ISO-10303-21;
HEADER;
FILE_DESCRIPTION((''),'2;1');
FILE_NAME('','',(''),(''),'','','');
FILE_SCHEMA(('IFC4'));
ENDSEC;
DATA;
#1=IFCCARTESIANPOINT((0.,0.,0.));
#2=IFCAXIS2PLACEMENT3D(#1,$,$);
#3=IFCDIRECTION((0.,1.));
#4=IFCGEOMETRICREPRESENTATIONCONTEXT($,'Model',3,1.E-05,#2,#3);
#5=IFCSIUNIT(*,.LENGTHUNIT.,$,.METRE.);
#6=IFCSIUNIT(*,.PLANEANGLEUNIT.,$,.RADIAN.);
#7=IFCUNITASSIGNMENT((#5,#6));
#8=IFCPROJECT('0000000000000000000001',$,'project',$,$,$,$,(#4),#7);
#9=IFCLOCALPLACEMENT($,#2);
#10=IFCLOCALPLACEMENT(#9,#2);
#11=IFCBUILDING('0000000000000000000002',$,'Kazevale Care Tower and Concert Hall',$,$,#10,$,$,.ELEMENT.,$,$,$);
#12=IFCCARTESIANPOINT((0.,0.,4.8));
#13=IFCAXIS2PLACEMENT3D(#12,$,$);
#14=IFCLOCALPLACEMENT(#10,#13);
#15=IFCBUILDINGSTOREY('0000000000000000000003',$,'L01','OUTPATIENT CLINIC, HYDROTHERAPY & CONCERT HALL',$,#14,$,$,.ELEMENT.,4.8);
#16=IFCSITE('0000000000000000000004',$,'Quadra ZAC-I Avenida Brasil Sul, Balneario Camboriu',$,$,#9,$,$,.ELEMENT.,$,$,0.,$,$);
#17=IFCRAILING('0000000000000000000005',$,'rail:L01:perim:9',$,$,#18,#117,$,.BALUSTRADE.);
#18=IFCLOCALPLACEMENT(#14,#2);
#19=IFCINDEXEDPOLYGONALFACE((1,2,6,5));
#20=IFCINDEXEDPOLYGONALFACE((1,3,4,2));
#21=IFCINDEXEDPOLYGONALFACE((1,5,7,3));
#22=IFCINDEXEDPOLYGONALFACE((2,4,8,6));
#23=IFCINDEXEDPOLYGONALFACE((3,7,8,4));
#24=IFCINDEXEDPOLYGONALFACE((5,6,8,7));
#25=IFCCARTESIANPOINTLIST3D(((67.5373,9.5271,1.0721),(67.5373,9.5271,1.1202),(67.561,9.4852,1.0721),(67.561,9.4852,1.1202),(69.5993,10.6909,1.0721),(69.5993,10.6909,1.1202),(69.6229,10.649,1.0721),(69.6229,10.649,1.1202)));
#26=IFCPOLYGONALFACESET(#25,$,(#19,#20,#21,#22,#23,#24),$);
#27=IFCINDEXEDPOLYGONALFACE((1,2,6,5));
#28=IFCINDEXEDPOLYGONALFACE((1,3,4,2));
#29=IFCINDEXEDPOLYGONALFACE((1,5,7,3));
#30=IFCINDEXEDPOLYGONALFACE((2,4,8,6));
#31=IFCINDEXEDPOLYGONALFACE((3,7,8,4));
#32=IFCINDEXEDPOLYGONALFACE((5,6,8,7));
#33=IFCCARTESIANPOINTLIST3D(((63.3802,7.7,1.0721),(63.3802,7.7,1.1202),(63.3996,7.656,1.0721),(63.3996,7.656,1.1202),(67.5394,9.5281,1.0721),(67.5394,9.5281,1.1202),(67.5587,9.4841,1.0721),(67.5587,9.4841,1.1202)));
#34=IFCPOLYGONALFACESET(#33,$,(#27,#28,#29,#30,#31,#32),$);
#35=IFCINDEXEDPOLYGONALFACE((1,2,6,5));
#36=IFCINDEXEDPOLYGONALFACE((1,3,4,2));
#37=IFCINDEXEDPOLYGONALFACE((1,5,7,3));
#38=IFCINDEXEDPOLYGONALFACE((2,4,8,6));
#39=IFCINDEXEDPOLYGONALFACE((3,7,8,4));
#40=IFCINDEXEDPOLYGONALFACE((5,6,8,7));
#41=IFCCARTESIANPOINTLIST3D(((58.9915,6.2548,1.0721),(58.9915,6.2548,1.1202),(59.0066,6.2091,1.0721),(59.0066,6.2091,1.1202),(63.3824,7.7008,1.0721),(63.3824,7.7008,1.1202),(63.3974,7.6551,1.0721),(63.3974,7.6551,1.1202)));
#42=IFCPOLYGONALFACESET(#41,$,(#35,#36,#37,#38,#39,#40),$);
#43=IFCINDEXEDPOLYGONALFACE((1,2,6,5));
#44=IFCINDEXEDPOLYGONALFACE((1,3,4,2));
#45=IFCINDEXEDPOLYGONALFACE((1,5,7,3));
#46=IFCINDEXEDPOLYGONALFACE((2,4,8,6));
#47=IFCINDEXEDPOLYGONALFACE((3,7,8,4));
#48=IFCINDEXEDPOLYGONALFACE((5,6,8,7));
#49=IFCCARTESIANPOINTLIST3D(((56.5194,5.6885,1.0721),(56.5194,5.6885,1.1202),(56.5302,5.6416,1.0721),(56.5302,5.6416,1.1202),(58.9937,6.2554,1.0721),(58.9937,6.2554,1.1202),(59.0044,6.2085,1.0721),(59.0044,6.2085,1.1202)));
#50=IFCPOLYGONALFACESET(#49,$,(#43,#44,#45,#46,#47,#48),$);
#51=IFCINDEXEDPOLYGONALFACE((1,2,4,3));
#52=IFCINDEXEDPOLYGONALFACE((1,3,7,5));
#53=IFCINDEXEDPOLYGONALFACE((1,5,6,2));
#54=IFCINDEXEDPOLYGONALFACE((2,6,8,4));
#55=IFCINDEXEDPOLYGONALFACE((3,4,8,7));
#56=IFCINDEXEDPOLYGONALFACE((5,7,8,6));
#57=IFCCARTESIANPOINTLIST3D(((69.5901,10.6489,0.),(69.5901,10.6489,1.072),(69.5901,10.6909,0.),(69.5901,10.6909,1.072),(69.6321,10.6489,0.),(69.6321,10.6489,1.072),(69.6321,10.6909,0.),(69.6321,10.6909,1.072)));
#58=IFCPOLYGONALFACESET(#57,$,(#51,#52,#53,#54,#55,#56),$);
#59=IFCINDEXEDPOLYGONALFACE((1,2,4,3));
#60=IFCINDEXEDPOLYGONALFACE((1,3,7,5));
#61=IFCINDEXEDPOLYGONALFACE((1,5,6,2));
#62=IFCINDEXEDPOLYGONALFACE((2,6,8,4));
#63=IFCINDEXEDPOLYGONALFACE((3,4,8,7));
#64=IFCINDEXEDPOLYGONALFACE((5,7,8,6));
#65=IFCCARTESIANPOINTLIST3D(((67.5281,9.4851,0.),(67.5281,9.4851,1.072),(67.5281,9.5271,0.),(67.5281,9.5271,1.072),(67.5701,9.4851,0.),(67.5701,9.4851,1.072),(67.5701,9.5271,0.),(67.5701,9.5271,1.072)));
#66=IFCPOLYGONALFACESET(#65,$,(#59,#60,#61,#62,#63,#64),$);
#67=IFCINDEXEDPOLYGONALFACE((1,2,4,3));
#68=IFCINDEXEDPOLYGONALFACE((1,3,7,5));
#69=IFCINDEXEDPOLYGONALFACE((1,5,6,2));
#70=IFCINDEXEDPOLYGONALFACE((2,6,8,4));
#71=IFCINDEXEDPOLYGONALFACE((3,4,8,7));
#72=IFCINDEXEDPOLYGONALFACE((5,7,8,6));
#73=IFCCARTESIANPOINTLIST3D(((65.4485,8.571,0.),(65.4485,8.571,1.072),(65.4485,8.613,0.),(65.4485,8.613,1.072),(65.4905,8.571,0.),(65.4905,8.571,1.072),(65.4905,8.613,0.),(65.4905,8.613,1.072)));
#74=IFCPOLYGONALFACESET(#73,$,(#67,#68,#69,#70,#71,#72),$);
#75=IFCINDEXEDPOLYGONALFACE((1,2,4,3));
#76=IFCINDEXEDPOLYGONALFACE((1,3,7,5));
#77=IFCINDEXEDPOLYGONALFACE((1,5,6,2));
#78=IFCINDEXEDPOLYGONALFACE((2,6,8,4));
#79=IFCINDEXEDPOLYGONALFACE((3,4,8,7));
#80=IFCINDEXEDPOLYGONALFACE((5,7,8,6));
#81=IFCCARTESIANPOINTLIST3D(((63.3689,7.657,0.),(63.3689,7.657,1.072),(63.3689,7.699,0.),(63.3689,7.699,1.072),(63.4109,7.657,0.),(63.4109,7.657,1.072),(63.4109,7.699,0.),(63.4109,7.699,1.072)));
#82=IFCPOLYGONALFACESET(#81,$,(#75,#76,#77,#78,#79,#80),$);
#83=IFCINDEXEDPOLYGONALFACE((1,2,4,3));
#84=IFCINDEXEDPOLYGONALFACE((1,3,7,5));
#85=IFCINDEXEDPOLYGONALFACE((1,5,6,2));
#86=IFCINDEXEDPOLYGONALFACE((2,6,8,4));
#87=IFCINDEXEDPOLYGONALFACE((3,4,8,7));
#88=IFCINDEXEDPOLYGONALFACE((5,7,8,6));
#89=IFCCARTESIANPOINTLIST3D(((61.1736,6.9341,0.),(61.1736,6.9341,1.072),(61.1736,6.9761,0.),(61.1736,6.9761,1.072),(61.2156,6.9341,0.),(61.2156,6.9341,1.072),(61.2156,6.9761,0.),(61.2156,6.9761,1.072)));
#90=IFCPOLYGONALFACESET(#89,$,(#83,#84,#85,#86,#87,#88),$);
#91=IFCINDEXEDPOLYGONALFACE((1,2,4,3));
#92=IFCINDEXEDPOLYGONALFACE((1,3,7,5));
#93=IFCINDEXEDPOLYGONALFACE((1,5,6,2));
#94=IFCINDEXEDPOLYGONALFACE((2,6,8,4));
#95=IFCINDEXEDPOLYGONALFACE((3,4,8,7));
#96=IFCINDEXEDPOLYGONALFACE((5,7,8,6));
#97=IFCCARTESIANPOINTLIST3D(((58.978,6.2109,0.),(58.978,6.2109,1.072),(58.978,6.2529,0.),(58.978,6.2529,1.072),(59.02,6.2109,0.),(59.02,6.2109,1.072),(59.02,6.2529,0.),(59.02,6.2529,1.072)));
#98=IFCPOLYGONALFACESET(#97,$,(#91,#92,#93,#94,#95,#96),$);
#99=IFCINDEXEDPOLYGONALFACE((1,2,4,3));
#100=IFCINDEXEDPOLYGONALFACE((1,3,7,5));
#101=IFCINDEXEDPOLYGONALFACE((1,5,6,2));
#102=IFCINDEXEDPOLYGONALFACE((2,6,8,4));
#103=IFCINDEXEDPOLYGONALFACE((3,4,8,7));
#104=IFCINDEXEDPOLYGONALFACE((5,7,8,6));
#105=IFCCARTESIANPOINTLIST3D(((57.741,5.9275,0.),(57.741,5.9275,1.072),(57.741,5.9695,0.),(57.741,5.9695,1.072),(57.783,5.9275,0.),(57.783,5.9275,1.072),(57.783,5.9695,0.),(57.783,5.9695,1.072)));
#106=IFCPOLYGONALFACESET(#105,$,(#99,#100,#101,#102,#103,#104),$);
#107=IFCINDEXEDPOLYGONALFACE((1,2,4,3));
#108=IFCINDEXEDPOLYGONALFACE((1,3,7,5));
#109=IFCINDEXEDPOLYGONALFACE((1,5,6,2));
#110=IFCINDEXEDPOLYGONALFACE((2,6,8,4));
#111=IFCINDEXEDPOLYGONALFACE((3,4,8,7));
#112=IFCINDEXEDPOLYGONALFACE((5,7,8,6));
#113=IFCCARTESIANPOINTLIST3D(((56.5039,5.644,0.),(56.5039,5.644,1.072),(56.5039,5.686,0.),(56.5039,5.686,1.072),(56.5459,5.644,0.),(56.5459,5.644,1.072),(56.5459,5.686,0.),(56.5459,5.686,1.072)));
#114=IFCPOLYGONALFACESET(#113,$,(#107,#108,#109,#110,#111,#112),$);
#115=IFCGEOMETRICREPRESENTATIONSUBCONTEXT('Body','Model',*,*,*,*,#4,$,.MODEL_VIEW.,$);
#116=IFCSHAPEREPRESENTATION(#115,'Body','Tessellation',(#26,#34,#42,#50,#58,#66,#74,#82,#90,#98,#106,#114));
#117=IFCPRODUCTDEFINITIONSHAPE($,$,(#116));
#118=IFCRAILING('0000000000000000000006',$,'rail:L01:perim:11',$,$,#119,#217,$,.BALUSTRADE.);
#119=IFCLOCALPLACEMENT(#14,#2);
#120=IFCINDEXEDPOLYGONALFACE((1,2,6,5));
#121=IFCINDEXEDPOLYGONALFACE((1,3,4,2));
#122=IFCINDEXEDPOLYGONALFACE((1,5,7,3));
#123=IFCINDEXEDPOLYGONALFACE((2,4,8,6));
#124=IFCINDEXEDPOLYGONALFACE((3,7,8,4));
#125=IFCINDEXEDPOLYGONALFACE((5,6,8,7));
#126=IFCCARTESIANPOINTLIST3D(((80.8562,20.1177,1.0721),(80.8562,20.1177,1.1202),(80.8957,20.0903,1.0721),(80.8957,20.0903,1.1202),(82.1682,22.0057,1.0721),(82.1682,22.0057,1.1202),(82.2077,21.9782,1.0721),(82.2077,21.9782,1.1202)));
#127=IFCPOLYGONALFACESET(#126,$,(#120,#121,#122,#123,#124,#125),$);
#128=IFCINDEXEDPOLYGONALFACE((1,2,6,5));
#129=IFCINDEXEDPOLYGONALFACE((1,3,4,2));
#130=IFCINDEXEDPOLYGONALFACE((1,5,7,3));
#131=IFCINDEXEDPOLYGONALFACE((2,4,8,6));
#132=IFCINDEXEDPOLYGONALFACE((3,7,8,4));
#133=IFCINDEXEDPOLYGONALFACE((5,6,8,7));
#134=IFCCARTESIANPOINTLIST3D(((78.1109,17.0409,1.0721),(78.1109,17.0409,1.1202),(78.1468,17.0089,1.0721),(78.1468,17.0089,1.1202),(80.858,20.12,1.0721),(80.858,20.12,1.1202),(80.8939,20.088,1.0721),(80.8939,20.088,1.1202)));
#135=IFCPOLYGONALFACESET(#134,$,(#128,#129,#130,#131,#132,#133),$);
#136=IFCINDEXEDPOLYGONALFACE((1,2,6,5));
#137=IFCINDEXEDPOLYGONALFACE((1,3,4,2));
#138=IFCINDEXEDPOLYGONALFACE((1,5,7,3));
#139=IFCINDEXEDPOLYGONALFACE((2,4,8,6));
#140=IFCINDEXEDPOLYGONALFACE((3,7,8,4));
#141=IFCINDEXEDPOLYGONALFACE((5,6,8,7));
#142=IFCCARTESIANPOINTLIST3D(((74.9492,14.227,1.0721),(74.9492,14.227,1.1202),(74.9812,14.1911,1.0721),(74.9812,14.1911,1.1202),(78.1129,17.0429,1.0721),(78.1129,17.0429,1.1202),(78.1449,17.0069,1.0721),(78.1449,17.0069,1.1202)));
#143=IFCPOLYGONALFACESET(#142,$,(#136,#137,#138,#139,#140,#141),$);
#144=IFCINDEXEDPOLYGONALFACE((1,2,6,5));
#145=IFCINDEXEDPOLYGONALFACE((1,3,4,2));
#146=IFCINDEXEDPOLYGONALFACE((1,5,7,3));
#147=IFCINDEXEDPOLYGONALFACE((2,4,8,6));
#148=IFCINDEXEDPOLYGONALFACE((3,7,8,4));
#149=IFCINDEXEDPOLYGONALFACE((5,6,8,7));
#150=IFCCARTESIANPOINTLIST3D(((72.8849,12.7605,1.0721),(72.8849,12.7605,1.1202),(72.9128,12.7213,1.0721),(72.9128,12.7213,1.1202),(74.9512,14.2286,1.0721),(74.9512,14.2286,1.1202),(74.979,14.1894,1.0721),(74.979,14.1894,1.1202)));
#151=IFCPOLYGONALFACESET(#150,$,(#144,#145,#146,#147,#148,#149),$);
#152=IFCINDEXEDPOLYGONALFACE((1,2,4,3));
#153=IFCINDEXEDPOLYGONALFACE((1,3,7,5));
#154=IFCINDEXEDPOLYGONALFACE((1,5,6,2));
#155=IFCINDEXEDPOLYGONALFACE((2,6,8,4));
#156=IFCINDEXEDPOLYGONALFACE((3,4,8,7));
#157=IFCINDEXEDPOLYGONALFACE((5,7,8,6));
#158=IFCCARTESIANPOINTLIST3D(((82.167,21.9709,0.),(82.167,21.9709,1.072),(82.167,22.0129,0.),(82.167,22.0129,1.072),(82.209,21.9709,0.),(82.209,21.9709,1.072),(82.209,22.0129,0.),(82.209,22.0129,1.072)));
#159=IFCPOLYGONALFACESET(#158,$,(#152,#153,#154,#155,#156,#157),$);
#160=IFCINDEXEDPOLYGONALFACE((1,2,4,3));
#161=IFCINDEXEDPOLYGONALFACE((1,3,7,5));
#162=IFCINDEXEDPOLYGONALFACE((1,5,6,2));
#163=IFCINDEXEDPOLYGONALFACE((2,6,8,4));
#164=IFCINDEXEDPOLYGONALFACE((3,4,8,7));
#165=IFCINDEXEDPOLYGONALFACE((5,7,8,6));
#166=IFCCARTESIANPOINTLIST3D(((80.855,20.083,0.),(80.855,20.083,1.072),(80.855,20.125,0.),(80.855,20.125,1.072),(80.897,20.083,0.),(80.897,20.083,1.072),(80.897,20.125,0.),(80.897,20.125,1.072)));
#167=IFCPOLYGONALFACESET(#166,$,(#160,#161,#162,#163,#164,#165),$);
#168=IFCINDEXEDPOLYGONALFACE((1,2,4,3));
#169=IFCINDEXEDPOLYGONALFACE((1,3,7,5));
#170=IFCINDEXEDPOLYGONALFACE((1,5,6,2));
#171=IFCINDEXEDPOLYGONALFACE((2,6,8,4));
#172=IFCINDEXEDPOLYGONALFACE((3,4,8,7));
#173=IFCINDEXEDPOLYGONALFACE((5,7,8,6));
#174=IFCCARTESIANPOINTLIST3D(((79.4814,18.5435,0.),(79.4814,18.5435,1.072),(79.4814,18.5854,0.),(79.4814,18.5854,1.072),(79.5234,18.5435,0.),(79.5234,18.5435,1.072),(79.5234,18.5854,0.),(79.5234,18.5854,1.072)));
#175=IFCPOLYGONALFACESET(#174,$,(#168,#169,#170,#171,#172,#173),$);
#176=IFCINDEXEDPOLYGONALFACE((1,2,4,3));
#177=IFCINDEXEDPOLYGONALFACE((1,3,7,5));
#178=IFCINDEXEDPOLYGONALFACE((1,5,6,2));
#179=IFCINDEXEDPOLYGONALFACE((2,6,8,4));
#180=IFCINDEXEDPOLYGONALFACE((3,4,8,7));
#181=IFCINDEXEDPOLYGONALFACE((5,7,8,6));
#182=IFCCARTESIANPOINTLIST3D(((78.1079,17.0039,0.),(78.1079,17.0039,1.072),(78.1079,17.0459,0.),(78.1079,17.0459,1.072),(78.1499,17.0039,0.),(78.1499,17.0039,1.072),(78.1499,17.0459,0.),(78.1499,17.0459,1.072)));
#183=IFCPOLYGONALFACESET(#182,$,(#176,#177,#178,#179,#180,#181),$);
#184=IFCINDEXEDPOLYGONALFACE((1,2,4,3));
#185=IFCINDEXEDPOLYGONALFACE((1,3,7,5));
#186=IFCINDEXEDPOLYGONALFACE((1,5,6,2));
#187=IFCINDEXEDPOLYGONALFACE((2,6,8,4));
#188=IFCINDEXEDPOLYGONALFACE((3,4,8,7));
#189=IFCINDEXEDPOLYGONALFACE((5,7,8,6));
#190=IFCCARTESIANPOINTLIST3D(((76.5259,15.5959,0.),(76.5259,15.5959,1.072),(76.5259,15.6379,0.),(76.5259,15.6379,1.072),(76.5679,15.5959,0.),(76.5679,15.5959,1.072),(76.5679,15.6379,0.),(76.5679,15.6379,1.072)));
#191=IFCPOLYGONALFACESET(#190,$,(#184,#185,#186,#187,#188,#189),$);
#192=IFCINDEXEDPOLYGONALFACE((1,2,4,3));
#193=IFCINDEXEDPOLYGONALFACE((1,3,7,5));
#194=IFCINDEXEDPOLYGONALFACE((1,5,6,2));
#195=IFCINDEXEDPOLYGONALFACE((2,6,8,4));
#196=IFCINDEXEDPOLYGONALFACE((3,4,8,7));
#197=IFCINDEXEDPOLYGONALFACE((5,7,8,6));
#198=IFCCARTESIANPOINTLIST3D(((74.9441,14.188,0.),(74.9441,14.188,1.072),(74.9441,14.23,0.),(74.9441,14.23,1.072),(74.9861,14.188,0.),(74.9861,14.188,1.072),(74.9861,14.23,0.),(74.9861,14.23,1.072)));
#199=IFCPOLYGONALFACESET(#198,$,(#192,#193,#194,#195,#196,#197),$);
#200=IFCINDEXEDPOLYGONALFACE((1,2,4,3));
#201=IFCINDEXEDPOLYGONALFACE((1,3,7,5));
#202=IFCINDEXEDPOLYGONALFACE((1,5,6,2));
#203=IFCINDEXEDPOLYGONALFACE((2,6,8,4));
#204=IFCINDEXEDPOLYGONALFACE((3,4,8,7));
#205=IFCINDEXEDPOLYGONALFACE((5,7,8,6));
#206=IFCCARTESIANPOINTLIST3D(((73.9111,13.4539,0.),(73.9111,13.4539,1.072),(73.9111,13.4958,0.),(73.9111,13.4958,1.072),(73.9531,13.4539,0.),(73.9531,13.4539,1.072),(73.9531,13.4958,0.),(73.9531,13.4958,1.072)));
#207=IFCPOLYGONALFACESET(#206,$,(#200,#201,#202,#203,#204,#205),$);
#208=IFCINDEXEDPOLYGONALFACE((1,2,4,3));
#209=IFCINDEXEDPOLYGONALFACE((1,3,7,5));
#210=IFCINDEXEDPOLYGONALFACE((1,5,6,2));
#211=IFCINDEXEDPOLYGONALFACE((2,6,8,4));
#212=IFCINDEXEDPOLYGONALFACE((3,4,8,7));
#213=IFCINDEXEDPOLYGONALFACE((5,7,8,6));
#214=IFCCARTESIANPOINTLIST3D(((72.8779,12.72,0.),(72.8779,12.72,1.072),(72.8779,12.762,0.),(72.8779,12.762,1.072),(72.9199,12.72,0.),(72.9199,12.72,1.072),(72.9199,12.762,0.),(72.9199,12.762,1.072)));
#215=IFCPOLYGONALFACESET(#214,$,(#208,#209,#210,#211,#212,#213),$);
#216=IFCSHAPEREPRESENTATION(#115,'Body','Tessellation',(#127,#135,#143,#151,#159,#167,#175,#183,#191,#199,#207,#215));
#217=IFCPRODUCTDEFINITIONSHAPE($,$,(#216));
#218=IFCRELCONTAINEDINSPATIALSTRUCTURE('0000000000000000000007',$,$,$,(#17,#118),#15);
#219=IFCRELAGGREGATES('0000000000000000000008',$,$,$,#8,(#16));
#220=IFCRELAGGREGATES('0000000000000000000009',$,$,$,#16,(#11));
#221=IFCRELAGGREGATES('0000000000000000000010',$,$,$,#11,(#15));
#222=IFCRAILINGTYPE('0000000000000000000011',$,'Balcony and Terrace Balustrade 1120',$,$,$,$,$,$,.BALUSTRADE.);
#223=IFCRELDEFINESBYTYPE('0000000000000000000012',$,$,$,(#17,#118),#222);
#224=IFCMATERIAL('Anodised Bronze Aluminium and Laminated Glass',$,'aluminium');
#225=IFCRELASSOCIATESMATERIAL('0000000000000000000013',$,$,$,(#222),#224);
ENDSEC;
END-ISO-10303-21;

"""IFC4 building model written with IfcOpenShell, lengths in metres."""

from ifc_helpers import new_model, si_unit, direction, frame, origin, origin_2d, place, context, subcontext, project, spatial, rectangle, extrude, material, type_object, element, save


model = new_model("IFC4")

# Units and contexts
model_context = context("Model", 3, precision=1e-05, world=origin(), true_north=direction((0.0, 1.0)))
body_context = subcontext(model_context, "Body", "Model", "MODEL_VIEW")
ifc_project = project(units=[si_unit("LENGTHUNIT", "METRE"), si_unit("PLANEANGLEUNIT", "RADIAN")], contexts=[model_context])

# Site, building, storey
site_placement = place(None, origin())
site = spatial("IfcSite", under=ifc_project, at=site_placement, Name="Quadra ZAC-I Avenida Brasil Sul, Balneario Camboriu", CompositionType="ELEMENT", RefElevation=0.0)
building_placement = place(site_placement, origin())
building = spatial("IfcBuilding", under=site, at=building_placement, Name="Kazevale Care Tower and Concert Hall", CompositionType="ELEMENT")
storey_placement = place(building_placement, frame((0.0, 0.0, 4.8)))
storey = spatial("IfcBuildingStorey", under=building, at=storey_placement, Name="L01", Description="OUTPATIENT CLINIC, HYDROTHERAPY & CONCERT HALL", CompositionType="ELEMENT", Elevation=4.8)

# Railings
ifc_material_1 = material(Name="Anodised Bronze Aluminium and Laminated Glass", Category="aluminium")
railing_type_1 = type_object("IfcRailingType", Name="Balcony and Terrace Balustrade 1120", PredefinedType="BALUSTRADE", material=ifc_material_1)
railing_1_placement = place(storey_placement, frame((69.6111, 10.6699, 0.0)))
element("IfcRailing", 1, at=railing_1_placement, inside=storey, type_object=railing_type_1, Name="rail:L01:perim:9", PredefinedType="BALUSTRADE", context=body_context, shape_type="SweptSolid", body=[
    extrude(rectangle(XDim=0.0481, YDim=0.0481, at=origin_2d()), frame((0.0, 0.0, 1.0962), z_axis=(-0.870864, -0.491524, 0.0), x_axis=(0.491524, -0.870864, 0.0)), (0.0, 0.0, 1.0), 2.3677),
    extrude(rectangle(XDim=0.0481, YDim=0.0481, at=origin_2d()), frame((-2.062, -1.1638, 1.0962), z_axis=(-0.91547, -0.402386, 0.0), x_axis=(0.402386, -0.91547, 0.0)), (0.0, 0.0, 1.0), 4.5432),
    extrude(rectangle(XDim=0.0481, YDim=0.0481, at=origin_2d()), frame((-6.2212, -2.9919, 1.0962), z_axis=(-0.949818, -0.312804, 0.0), x_axis=(0.312804, -0.949818, 0.0)), (0.0, 0.0, 1.0), 4.6228),
    extrude(rectangle(XDim=0.0481, YDim=0.0481, at=origin_2d()), frame((-10.6121, -4.438, 1.0962), z_axis=(-0.97474, -0.223342, 0.0), x_axis=(0.223342, -0.97474, 0.0)), (0.0, 0.0, 1.0), 2.5383),
    extrude(rectangle(XDim=0.042, YDim=0.042, at=origin_2d()), origin(), (0.0, 0.0, 1.0), 1.072),
    extrude(rectangle(XDim=0.042, YDim=0.042, at=origin_2d()), frame((-2.062, -1.1638, 0.0)), (0.0, 0.0, 1.0), 1.072),
    extrude(rectangle(XDim=0.042, YDim=0.042, at=origin_2d()), frame((-4.1416, -2.0779, 0.0)), (0.0, 0.0, 1.0), 1.072),
    extrude(rectangle(XDim=0.042, YDim=0.042, at=origin_2d()), frame((-6.2212, -2.9919, 0.0)), (0.0, 0.0, 1.0), 1.072),
    extrude(rectangle(XDim=0.042, YDim=0.042, at=origin_2d()), frame((-8.4165, -3.7148, 0.0)), (0.0, 0.0, 1.0), 1.072),
    extrude(rectangle(XDim=0.042, YDim=0.042, at=origin_2d()), frame((-10.6121, -4.438, 0.0)), (0.0, 0.0, 1.0), 1.072),
    extrude(rectangle(XDim=0.042, YDim=0.042, at=origin_2d()), frame((-11.8491, -4.7214, 0.0)), (0.0, 0.0, 1.0), 1.072),
    extrude(rectangle(XDim=0.042, YDim=0.042, at=origin_2d()), frame((-13.0862, -5.0049, 0.0)), (0.0, 0.0, 1.0), 1.072),
])
railing_2_placement = place(storey_placement, frame((82.188, 21.9919, 0.0)))
element("IfcRailing", 2, at=railing_2_placement, inside=storey, type_object=railing_type_1, Name="rail:L01:perim:11", PredefinedType="BALUSTRADE", context=body_context, shape_type="SweptSolid", body=[
    extrude(rectangle(XDim=0.0481, YDim=0.0481, at=origin_2d()), frame((0.0, 0.0, 1.0962), z_axis=(-0.570672, -0.821178, 0.0), x_axis=(0.821178, -0.570672, 0.0)), (0.0, 0.0, 1.0), 2.2991),
    extrude(rectangle(XDim=0.0481, YDim=0.0481, at=origin_2d()), frame((-1.312, -1.8879, 1.0962), z_axis=(-0.665729, -0.746194, 0.0), x_axis=(0.746194, -0.665729, 0.0)), (0.0, 0.0, 1.0), 4.1265),
    extrude(rectangle(XDim=0.0481, YDim=0.0481, at=origin_2d()), frame((-4.0591, -4.967, 1.0962), z_axis=(-0.746983, -0.664843, 0.0), x_axis=(0.664843, -0.746983, 0.0)), (0.0, 0.0, 1.0), 4.2354),
    extrude(rectangle(XDim=0.0481, YDim=0.0481, at=origin_2d()), frame((-7.2229, -7.783, 1.0962), z_axis=(-0.815189, -0.579195, 0.0), x_axis=(0.579195, -0.815189, 0.0)), (0.0, 0.0, 1.0), 2.5347),
    extrude(rectangle(XDim=0.042, YDim=0.042, at=origin_2d()), origin(), (0.0, 0.0, 1.0), 1.072),
    extrude(rectangle(XDim=0.042, YDim=0.042, at=origin_2d()), frame((-1.312, -1.8879, 0.0)), (0.0, 0.0, 1.0), 1.072),
    extrude(rectangle(XDim=0.042, YDim=0.042, at=origin_2d()), frame((-2.6855, -3.4275, 0.0)), (0.0, 0.0, 1.0), 1.072),
    extrude(rectangle(XDim=0.042, YDim=0.042, at=origin_2d()), frame((-4.0591, -4.967, 0.0)), (0.0, 0.0, 1.0), 1.072),
    extrude(rectangle(XDim=0.042, YDim=0.042, at=origin_2d()), frame((-5.6411, -6.375, 0.0)), (0.0, 0.0, 1.0), 1.072),
    extrude(rectangle(XDim=0.042, YDim=0.042, at=origin_2d()), frame((-7.2229, -7.783, 0.0)), (0.0, 0.0, 1.0), 1.072),
    extrude(rectangle(XDim=0.042, YDim=0.042, at=origin_2d()), frame((-8.2559, -8.5171, 0.0)), (0.0, 0.0, 1.0), 1.072),
    extrude(rectangle(XDim=0.042, YDim=0.042, at=origin_2d()), frame((-9.2891, -9.251, 0.0)), (0.0, 0.0, 1.0), 1.072),
])

save(model, "model.ifc")
